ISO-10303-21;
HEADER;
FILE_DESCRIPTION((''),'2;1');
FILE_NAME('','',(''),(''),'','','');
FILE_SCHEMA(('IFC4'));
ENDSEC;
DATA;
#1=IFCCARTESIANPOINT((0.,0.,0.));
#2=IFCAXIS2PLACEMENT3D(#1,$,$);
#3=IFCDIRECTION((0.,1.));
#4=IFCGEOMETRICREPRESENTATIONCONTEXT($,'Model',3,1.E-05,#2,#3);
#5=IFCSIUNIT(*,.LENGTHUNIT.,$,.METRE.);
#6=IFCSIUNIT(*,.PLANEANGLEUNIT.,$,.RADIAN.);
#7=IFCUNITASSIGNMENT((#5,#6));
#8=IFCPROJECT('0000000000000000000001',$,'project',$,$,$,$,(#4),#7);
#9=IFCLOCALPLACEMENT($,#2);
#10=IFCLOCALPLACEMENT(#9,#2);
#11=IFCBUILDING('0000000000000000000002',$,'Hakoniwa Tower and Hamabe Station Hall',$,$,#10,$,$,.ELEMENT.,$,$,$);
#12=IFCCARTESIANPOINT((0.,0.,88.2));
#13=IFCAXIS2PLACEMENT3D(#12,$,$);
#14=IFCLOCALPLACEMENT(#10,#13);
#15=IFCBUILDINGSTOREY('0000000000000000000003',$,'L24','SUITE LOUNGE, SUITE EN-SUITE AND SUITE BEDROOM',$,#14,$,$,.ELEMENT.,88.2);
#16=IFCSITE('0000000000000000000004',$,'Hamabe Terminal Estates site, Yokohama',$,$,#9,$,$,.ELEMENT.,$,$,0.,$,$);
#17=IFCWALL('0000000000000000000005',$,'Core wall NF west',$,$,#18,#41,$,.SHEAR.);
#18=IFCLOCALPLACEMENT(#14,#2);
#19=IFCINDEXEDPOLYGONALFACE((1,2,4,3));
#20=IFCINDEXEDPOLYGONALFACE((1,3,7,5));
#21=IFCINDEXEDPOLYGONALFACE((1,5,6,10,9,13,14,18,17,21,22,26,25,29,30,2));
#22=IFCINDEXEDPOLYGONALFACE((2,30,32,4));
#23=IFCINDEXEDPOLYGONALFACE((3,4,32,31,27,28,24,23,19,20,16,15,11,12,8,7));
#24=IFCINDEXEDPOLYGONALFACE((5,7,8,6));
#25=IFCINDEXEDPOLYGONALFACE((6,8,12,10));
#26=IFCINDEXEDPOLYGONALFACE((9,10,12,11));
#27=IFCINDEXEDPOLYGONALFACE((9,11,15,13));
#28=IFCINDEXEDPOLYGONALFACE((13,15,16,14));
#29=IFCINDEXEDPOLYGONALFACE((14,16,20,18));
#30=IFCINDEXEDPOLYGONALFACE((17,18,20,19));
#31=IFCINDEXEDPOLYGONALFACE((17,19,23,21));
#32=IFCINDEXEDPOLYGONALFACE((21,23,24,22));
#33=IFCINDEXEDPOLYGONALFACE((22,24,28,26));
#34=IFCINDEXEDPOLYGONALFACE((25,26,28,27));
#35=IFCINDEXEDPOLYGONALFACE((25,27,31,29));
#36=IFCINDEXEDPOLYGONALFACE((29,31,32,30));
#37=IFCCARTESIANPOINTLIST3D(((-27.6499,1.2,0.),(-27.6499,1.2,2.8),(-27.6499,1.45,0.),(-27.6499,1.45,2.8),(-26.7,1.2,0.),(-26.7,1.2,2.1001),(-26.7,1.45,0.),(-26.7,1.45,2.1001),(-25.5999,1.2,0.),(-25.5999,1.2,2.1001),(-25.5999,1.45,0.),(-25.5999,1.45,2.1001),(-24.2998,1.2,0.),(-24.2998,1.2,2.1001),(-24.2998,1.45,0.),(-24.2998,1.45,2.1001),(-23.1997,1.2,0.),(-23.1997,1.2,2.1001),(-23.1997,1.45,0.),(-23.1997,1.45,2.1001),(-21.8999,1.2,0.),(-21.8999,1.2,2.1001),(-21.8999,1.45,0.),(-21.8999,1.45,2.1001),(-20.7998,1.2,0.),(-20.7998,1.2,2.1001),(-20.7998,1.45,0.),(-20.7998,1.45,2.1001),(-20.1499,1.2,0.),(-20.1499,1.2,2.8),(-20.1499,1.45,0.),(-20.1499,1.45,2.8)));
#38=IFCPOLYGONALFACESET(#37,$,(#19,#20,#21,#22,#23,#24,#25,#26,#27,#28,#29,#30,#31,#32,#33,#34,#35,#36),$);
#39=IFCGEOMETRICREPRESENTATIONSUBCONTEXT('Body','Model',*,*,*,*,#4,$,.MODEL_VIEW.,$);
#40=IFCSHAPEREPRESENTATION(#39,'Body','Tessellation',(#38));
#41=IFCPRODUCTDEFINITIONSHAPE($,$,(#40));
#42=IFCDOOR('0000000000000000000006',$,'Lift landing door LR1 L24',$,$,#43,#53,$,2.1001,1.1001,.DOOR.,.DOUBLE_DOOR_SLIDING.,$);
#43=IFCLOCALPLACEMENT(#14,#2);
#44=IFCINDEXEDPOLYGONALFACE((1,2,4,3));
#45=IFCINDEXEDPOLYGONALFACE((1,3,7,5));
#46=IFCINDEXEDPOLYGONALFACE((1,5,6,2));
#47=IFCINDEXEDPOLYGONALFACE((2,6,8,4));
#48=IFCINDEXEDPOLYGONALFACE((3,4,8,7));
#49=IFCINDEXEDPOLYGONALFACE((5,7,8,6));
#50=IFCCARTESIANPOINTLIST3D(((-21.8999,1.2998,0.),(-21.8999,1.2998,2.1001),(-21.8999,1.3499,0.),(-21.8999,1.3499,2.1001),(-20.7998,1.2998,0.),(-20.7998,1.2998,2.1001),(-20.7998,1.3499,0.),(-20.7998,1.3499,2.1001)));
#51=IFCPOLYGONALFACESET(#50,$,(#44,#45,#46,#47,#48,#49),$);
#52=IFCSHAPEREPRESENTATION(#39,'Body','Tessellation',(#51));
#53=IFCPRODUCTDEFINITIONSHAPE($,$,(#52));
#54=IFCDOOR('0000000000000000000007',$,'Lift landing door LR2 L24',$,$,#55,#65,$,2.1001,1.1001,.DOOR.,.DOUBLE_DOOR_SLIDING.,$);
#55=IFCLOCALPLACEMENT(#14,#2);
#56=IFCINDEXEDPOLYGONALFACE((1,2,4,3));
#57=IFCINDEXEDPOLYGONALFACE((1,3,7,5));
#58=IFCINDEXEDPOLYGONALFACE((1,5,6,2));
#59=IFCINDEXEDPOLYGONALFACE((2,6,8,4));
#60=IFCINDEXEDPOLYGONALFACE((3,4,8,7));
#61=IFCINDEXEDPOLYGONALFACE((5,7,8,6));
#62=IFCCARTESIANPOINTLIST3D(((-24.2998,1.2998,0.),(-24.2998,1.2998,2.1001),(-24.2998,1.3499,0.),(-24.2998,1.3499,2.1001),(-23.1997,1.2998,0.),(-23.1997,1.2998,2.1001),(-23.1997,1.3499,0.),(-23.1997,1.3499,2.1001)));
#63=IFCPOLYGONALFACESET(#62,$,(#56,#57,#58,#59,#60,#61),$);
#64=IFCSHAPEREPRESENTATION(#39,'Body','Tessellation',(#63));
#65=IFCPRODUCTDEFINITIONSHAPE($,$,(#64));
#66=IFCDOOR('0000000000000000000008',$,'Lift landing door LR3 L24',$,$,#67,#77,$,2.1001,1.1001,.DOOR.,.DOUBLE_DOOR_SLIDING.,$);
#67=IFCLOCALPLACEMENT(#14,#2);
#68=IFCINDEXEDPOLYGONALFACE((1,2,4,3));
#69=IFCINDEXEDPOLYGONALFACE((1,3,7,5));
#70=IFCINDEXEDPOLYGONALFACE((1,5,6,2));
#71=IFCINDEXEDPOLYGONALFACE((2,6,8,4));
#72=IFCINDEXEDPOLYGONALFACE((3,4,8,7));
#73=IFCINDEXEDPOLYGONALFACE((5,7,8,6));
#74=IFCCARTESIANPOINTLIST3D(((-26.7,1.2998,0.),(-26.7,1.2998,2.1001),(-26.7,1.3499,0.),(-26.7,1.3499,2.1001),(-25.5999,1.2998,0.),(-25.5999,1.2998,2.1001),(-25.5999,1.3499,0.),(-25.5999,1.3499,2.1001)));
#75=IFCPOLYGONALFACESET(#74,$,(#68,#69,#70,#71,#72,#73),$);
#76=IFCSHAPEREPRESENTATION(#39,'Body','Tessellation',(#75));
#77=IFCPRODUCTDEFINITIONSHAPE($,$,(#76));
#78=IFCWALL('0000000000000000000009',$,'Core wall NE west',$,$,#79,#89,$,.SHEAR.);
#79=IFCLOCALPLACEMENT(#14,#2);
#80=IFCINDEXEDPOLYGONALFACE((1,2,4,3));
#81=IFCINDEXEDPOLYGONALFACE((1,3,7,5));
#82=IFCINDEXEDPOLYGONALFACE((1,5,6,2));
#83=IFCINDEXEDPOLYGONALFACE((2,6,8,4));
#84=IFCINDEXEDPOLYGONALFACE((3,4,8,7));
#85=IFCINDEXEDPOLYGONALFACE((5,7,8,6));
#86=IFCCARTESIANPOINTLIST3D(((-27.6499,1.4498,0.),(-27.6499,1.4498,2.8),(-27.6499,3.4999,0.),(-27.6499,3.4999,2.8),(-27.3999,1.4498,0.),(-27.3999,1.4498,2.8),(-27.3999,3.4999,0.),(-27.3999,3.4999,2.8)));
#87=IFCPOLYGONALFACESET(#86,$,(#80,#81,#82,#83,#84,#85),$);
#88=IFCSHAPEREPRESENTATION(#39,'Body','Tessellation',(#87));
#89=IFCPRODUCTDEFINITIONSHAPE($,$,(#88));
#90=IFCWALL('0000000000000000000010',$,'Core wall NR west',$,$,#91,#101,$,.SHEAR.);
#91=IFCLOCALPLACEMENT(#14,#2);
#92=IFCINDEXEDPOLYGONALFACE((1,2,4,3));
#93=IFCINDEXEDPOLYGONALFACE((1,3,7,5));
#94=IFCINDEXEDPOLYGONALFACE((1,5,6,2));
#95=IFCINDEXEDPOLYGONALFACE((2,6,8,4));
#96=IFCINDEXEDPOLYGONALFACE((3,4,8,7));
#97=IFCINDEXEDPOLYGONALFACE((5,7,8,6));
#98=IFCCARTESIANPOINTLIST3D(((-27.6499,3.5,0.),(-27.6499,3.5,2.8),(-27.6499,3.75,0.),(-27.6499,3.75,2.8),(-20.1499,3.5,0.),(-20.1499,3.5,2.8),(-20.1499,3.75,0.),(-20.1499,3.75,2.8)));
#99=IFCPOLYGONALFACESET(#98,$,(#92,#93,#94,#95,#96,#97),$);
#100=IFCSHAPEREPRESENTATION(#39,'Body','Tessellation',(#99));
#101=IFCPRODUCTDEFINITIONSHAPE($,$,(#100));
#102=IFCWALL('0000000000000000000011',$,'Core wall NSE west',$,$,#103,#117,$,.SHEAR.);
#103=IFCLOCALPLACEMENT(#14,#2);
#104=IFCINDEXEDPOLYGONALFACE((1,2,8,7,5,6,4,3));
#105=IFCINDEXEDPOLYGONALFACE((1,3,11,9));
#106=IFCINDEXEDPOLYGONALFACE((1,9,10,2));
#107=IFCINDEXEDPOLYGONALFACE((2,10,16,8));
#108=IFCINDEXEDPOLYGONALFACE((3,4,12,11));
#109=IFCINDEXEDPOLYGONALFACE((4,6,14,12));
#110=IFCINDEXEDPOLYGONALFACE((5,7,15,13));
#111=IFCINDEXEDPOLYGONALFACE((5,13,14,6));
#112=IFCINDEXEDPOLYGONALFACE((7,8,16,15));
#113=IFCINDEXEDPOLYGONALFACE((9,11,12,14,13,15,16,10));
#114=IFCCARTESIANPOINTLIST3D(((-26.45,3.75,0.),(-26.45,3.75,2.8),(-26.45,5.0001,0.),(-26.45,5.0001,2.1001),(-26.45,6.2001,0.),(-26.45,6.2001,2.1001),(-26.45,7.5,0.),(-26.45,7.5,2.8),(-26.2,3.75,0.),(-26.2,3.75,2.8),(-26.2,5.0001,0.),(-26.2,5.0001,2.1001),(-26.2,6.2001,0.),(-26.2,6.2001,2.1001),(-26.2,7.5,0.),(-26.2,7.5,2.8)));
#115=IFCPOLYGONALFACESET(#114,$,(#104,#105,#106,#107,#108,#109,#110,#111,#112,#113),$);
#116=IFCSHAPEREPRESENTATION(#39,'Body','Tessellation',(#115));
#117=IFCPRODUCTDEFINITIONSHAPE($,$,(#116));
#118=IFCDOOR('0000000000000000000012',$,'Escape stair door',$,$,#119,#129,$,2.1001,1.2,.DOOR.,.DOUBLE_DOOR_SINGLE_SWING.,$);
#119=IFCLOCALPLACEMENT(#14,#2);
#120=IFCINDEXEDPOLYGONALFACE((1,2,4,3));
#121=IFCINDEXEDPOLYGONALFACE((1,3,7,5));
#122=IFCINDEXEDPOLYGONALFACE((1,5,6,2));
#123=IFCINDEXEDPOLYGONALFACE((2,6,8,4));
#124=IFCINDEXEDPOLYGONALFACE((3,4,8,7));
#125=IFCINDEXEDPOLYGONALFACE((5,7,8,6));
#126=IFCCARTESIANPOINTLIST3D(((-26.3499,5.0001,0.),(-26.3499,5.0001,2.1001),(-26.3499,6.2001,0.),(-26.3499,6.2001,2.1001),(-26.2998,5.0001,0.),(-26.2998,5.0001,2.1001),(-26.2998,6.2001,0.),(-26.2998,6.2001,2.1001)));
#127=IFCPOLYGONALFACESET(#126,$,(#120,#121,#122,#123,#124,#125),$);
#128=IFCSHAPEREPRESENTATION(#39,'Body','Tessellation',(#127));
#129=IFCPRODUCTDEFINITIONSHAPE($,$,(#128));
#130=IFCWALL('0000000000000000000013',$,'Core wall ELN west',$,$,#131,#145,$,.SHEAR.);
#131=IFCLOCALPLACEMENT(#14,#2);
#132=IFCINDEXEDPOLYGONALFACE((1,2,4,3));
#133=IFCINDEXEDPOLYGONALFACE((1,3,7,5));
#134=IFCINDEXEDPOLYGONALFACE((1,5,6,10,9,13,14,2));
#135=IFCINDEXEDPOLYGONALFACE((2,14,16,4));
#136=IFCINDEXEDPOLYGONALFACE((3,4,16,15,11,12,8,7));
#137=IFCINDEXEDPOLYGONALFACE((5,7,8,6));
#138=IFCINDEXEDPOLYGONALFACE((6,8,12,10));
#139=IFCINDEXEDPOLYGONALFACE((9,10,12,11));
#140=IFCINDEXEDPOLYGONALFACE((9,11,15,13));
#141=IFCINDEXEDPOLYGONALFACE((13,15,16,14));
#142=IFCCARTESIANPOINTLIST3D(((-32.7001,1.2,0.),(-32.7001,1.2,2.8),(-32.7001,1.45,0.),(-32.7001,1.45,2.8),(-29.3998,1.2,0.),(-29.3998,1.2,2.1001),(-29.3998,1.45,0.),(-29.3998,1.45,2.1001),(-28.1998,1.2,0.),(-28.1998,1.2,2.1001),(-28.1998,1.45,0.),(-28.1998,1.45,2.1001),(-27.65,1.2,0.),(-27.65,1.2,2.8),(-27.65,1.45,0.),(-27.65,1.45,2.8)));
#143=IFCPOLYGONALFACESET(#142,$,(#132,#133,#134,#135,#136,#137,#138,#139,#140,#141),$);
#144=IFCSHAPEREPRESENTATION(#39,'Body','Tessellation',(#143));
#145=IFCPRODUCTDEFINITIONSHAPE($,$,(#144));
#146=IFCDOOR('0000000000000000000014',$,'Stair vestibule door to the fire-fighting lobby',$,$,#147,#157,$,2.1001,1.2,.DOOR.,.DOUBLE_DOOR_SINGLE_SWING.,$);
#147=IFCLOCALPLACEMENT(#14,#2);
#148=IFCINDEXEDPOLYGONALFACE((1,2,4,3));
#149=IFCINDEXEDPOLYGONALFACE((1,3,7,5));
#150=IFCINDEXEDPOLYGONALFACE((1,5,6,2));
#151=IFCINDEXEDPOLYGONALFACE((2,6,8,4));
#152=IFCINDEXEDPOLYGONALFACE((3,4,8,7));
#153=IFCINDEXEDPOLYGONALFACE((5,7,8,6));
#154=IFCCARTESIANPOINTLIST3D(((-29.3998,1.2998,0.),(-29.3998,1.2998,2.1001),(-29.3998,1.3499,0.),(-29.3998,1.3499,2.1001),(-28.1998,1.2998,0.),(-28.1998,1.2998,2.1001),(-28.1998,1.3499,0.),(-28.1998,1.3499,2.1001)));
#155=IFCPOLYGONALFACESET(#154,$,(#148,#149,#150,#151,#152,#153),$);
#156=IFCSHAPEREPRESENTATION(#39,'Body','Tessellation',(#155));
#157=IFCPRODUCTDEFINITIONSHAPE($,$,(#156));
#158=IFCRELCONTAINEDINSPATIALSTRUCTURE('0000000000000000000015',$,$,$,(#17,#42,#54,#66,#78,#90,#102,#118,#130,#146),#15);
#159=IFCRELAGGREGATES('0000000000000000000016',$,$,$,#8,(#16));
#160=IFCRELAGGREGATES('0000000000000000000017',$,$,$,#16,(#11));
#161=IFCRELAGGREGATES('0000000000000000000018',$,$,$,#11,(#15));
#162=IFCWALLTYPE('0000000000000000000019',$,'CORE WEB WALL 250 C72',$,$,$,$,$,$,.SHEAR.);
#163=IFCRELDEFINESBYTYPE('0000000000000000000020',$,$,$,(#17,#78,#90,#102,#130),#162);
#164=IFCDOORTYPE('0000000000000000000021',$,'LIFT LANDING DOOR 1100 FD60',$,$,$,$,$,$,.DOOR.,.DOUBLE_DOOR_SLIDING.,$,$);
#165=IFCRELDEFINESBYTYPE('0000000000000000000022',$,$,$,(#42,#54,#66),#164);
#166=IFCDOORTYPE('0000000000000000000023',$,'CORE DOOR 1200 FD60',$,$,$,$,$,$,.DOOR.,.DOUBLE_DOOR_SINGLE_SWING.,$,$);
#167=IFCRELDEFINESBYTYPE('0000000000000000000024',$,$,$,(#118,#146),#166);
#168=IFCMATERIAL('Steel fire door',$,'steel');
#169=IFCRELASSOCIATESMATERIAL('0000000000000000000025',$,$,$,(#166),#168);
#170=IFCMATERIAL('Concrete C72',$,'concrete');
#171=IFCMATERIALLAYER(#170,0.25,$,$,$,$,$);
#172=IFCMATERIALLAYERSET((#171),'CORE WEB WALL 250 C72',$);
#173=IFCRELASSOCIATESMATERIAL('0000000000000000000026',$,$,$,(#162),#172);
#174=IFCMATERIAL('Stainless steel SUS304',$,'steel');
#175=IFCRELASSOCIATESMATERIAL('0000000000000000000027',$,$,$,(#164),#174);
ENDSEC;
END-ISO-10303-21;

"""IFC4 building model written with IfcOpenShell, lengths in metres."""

from ifc_helpers import new_model, si_unit, direction, frame, frame_2d, origin, place, context, subcontext, project, spatial, rectangle, extrude, material, layer, layer_set, type_object, element, fill, save


model = new_model("IFC4")

# Units and contexts
model_context = context("Model", 3, precision=1e-05, world=origin(), true_north=direction((0.0, 1.0)))
body_context = subcontext(model_context, "Body", "Model", "MODEL_VIEW")
ifc_project = project(units=[si_unit("LENGTHUNIT", "METRE"), si_unit("PLANEANGLEUNIT", "RADIAN")], contexts=[model_context])

# Site, building, storey
site_placement = place(None, origin())
site = spatial("IfcSite", under=ifc_project, at=site_placement, Name="Hamabe Terminal Estates site, Yokohama", CompositionType="ELEMENT", RefElevation=0.0)
building_placement = place(site_placement, origin())
building = spatial("IfcBuilding", under=site, at=building_placement, Name="Hakoniwa Tower and Hamabe Station Hall", CompositionType="ELEMENT")
storey_placement = place(building_placement, frame((0.0, 0.0, 88.2)))
storey = spatial("IfcBuildingStorey", under=building, at=storey_placement, Name="L24", Description="SUITE LOUNGE, SUITE EN-SUITE AND SUITE BEDROOM", CompositionType="ELEMENT", Elevation=88.2)

# Shared definitions
ifc_material_1 = material(Name="Steel fire door", Category="steel")
door_type_1 = type_object("IfcDoorType", Name="CORE DOOR 1200 FD60", OperationType="DOUBLE_DOOR_SINGLE_SWING", PredefinedType="DOOR", material=ifc_material_1)

# Wall, openings, doors
ifc_material_2 = material(Name="Concrete C72", Category="concrete")
ifc_layer_1 = layer(ifc_material_2, 0.25)
ifc_layer_set_1 = layer_set([ifc_layer_1], Name="CORE WEB WALL 250 C72")
wall_type_1 = type_object("IfcWallType", Name="CORE WEB WALL 250 C72", PredefinedType="SHEAR", material=ifc_layer_set_1)
wall_1_placement = place(storey_placement, frame((-27.6499, 1.325, 0.0), z_axis=(0.0, 0.0, 1.0), x_axis=(1.0, 0.0, 0.0)))
wall_1 = element("IfcWall", 1, at=wall_1_placement, inside=storey, type_object=wall_type_1, Name="Core wall NF west", PredefinedType="SHEAR", context=body_context, shape_type="SweptSolid", body=[
    extrude(rectangle(XDim=7.5, YDim=0.25, at=frame_2d((3.75, 0.0))), origin(), (0.0, 0.0, 1.0), 2.8),
])
opening_1_placement = place(wall_1_placement, frame((5.75, 0.0, 0.0)))
opening_1 = element("IfcOpeningElement", 2, at=opening_1_placement, cuts=wall_1, PredefinedType="OPENING", context=body_context, shape_type="SweptSolid", body=[
    extrude(rectangle(XDim=1.1001, YDim=2.1001, at=frame_2d((0.55, 1.05))), frame((0.0, 0.135, 0.0), z_axis=(0.0, -1.0, 0.0), x_axis=(1.0, 0.0, 0.0)), (0.0, 0.0, 1.0), 0.27),
])
opening_2_placement = place(wall_1_placement, frame((3.3501, 0.0, 0.0)))
opening_2 = element("IfcOpeningElement", 3, at=opening_2_placement, cuts=wall_1, PredefinedType="OPENING", context=body_context, shape_type="SweptSolid", body=[
    extrude(rectangle(XDim=1.1001, YDim=2.1001, at=frame_2d((0.55, 1.05))), frame((0.0, 0.135, 0.0), z_axis=(0.0, -1.0, 0.0), x_axis=(1.0, 0.0, 0.0)), (0.0, 0.0, 1.0), 0.27),
])
opening_3_placement = place(wall_1_placement, frame((0.95, 0.0, 0.0)))
opening_3 = element("IfcOpeningElement", 4, at=opening_3_placement, cuts=wall_1, PredefinedType="OPENING", context=body_context, shape_type="SweptSolid", body=[
    extrude(rectangle(XDim=1.1001, YDim=2.1001, at=frame_2d((0.55, 1.05))), frame((0.0, 0.135, 0.0), z_axis=(0.0, -1.0, 0.0), x_axis=(1.0, 0.0, 0.0)), (0.0, 0.0, 1.0), 0.27),
])
ifc_material_3 = material(Name="Stainless steel SUS304", Category="steel")
door_type_2 = type_object("IfcDoorType", Name="LIFT LANDING DOOR 1100 FD60", OperationType="DOUBLE_DOOR_SLIDING", PredefinedType="DOOR", material=ifc_material_3)
door_1_placement = place(opening_1_placement, origin())
door_1 = element("IfcDoor", 5, at=door_1_placement, inside=storey, type_object=door_type_2, Name="Lift landing door LR1 L24", OperationType="DOUBLE_DOOR_SLIDING", OverallHeight=2.1001, OverallWidth=1.1001, PredefinedType="DOOR", context=body_context, shape_type="SweptSolid", body=[
    extrude(rectangle(XDim=1.1001, YDim=2.1001, at=frame_2d((0.55, 1.05))), frame((0.0, 0.0249, 0.0), z_axis=(0.0, -1.0, 0.0), x_axis=(1.0, 0.0, 0.0)), (0.0, 0.0, 1.0), 0.05),
])
fill(opening_1, door_1)
door_2_placement = place(opening_2_placement, origin())
door_2 = element("IfcDoor", 6, at=door_2_placement, inside=storey, type_object=door_type_2, Name="Lift landing door LR2 L24", OperationType="DOUBLE_DOOR_SLIDING", OverallHeight=2.1001, OverallWidth=1.1001, PredefinedType="DOOR", context=body_context, shape_type="SweptSolid", body=[
    extrude(rectangle(XDim=1.1001, YDim=2.1001, at=frame_2d((0.55, 1.05))), frame((0.0, 0.0249, 0.0), z_axis=(0.0, -1.0, 0.0), x_axis=(1.0, 0.0, 0.0)), (0.0, 0.0, 1.0), 0.05),
])
fill(opening_2, door_2)
door_3_placement = place(opening_3_placement, origin())
door_3 = element("IfcDoor", 7, at=door_3_placement, inside=storey, type_object=door_type_2, Name="Lift landing door LR3 L24", OperationType="DOUBLE_DOOR_SLIDING", OverallHeight=2.1001, OverallWidth=1.1001, PredefinedType="DOOR", context=body_context, shape_type="SweptSolid", body=[
    extrude(rectangle(XDim=1.1001, YDim=2.1001, at=frame_2d((0.55, 1.05))), frame((0.0, 0.0249, 0.0), z_axis=(0.0, -1.0, 0.0), x_axis=(1.0, 0.0, 0.0)), (0.0, 0.0, 1.0), 0.05),
])
fill(opening_3, door_3)

# Walls
wall_2_placement = place(storey_placement, frame((-27.5249, 1.45, 0.0), z_axis=(0.0, 0.0, 1.0), x_axis=(0.0, 1.0, 0.0)))
element("IfcWall", 8, at=wall_2_placement, inside=storey, type_object=wall_type_1, Name="Core wall NE west", PredefinedType="SHEAR", context=body_context, shape_type="SweptSolid", body=[
    extrude(rectangle(XDim=2.05, YDim=0.25, at=frame_2d((1.0249, 0.0))), origin(), (0.0, 0.0, 1.0), 2.8),
])
wall_3_placement = place(storey_placement, frame((-27.6499, 3.625, 0.0), z_axis=(0.0, 0.0, 1.0), x_axis=(1.0, 0.0, 0.0)))
element("IfcWall", 9, at=wall_3_placement, inside=storey, type_object=wall_type_1, Name="Core wall NR west", PredefinedType="SHEAR", context=body_context, shape_type="SweptSolid", body=[
    extrude(rectangle(XDim=7.5, YDim=0.25, at=frame_2d((3.75, 0.0))), origin(), (0.0, 0.0, 1.0), 2.8),
])

# Walls, openings, doors
wall_4_placement = place(storey_placement, frame((-26.325, 3.75, 0.0), z_axis=(0.0, 0.0, 1.0), x_axis=(0.0, 1.0, 0.0)))
wall_4 = element("IfcWall", 10, at=wall_4_placement, inside=storey, type_object=wall_type_1, Name="Core wall NSE west", PredefinedType="SHEAR", context=body_context, shape_type="SweptSolid", body=[
    extrude(rectangle(XDim=3.75, YDim=0.25, at=frame_2d((1.875, 0.0))), origin(), (0.0, 0.0, 1.0), 2.8),
])
opening_4_placement = place(wall_4_placement, frame((1.25, 0.0, 0.0)))
opening_4 = element("IfcOpeningElement", 11, at=opening_4_placement, cuts=wall_4, PredefinedType="OPENING", context=body_context, shape_type="SweptSolid", body=[
    extrude(rectangle(XDim=1.2, YDim=2.1001, at=frame_2d((0.6001, 1.05))), frame((0.0, 0.135, 0.0), z_axis=(0.0, -1.0, 0.0), x_axis=(1.0, 0.0, 0.0)), (0.0, 0.0, 1.0), 0.27),
])
door_4_placement = place(opening_4_placement, origin())
door_4 = element("IfcDoor", 12, at=door_4_placement, inside=storey, type_object=door_type_1, Name="Escape stair door", OperationType="DOUBLE_DOOR_SINGLE_SWING", OverallHeight=2.1001, OverallWidth=1.2, PredefinedType="DOOR", context=body_context, shape_type="SweptSolid", body=[
    extrude(rectangle(XDim=1.2, YDim=2.1001, at=frame_2d((0.6001, 1.05))), frame((0.0, 0.0249, 0.0), z_axis=(0.0, -1.0, 0.0), x_axis=(1.0, 0.0, 0.0)), (0.0, 0.0, 1.0), 0.05),
])
fill(opening_4, door_4)
wall_5_placement = place(storey_placement, frame((-32.7, 1.325, 0.0), z_axis=(0.0, 0.0, 1.0), x_axis=(1.0, 0.0, 0.0)))
wall_5 = element("IfcWall", 13, at=wall_5_placement, inside=storey, type_object=wall_type_1, Name="Core wall ELN west", PredefinedType="SHEAR", context=body_context, shape_type="SweptSolid", body=[
    extrude(rectangle(XDim=5.05, YDim=0.25, at=frame_2d((2.5249, 0.0))), origin(), (0.0, 0.0, 1.0), 2.8),
])
opening_5_placement = place(wall_5_placement, frame((3.3, 0.0, 0.0)))
opening_5 = element("IfcOpeningElement", 14, at=opening_5_placement, cuts=wall_5, PredefinedType="OPENING", context=body_context, shape_type="SweptSolid", body=[
    extrude(rectangle(XDim=1.2, YDim=2.1001, at=frame_2d((0.6001, 1.05))), frame((0.0, 0.135, 0.0), z_axis=(0.0, -1.0, 0.0), x_axis=(1.0, 0.0, 0.0)), (0.0, 0.0, 1.0), 0.27),
])
door_5_placement = place(opening_5_placement, origin())
door_5 = element("IfcDoor", 15, at=door_5_placement, inside=storey, type_object=door_type_1, Name="Stair vestibule door to the fire-fighting lobby", OperationType="DOUBLE_DOOR_SINGLE_SWING", OverallHeight=2.1001, OverallWidth=1.2, PredefinedType="DOOR", context=body_context, shape_type="SweptSolid", body=[
    extrude(rectangle(XDim=1.2, YDim=2.1001, at=frame_2d((0.6001, 1.05))), frame((0.0, 0.0249, 0.0), z_axis=(0.0, -1.0, 0.0), x_axis=(1.0, 0.0, 0.0)), (0.0, 0.0, 1.0), 0.05),
])
fill(opening_5, door_5)

save(model, "model.ifc")
